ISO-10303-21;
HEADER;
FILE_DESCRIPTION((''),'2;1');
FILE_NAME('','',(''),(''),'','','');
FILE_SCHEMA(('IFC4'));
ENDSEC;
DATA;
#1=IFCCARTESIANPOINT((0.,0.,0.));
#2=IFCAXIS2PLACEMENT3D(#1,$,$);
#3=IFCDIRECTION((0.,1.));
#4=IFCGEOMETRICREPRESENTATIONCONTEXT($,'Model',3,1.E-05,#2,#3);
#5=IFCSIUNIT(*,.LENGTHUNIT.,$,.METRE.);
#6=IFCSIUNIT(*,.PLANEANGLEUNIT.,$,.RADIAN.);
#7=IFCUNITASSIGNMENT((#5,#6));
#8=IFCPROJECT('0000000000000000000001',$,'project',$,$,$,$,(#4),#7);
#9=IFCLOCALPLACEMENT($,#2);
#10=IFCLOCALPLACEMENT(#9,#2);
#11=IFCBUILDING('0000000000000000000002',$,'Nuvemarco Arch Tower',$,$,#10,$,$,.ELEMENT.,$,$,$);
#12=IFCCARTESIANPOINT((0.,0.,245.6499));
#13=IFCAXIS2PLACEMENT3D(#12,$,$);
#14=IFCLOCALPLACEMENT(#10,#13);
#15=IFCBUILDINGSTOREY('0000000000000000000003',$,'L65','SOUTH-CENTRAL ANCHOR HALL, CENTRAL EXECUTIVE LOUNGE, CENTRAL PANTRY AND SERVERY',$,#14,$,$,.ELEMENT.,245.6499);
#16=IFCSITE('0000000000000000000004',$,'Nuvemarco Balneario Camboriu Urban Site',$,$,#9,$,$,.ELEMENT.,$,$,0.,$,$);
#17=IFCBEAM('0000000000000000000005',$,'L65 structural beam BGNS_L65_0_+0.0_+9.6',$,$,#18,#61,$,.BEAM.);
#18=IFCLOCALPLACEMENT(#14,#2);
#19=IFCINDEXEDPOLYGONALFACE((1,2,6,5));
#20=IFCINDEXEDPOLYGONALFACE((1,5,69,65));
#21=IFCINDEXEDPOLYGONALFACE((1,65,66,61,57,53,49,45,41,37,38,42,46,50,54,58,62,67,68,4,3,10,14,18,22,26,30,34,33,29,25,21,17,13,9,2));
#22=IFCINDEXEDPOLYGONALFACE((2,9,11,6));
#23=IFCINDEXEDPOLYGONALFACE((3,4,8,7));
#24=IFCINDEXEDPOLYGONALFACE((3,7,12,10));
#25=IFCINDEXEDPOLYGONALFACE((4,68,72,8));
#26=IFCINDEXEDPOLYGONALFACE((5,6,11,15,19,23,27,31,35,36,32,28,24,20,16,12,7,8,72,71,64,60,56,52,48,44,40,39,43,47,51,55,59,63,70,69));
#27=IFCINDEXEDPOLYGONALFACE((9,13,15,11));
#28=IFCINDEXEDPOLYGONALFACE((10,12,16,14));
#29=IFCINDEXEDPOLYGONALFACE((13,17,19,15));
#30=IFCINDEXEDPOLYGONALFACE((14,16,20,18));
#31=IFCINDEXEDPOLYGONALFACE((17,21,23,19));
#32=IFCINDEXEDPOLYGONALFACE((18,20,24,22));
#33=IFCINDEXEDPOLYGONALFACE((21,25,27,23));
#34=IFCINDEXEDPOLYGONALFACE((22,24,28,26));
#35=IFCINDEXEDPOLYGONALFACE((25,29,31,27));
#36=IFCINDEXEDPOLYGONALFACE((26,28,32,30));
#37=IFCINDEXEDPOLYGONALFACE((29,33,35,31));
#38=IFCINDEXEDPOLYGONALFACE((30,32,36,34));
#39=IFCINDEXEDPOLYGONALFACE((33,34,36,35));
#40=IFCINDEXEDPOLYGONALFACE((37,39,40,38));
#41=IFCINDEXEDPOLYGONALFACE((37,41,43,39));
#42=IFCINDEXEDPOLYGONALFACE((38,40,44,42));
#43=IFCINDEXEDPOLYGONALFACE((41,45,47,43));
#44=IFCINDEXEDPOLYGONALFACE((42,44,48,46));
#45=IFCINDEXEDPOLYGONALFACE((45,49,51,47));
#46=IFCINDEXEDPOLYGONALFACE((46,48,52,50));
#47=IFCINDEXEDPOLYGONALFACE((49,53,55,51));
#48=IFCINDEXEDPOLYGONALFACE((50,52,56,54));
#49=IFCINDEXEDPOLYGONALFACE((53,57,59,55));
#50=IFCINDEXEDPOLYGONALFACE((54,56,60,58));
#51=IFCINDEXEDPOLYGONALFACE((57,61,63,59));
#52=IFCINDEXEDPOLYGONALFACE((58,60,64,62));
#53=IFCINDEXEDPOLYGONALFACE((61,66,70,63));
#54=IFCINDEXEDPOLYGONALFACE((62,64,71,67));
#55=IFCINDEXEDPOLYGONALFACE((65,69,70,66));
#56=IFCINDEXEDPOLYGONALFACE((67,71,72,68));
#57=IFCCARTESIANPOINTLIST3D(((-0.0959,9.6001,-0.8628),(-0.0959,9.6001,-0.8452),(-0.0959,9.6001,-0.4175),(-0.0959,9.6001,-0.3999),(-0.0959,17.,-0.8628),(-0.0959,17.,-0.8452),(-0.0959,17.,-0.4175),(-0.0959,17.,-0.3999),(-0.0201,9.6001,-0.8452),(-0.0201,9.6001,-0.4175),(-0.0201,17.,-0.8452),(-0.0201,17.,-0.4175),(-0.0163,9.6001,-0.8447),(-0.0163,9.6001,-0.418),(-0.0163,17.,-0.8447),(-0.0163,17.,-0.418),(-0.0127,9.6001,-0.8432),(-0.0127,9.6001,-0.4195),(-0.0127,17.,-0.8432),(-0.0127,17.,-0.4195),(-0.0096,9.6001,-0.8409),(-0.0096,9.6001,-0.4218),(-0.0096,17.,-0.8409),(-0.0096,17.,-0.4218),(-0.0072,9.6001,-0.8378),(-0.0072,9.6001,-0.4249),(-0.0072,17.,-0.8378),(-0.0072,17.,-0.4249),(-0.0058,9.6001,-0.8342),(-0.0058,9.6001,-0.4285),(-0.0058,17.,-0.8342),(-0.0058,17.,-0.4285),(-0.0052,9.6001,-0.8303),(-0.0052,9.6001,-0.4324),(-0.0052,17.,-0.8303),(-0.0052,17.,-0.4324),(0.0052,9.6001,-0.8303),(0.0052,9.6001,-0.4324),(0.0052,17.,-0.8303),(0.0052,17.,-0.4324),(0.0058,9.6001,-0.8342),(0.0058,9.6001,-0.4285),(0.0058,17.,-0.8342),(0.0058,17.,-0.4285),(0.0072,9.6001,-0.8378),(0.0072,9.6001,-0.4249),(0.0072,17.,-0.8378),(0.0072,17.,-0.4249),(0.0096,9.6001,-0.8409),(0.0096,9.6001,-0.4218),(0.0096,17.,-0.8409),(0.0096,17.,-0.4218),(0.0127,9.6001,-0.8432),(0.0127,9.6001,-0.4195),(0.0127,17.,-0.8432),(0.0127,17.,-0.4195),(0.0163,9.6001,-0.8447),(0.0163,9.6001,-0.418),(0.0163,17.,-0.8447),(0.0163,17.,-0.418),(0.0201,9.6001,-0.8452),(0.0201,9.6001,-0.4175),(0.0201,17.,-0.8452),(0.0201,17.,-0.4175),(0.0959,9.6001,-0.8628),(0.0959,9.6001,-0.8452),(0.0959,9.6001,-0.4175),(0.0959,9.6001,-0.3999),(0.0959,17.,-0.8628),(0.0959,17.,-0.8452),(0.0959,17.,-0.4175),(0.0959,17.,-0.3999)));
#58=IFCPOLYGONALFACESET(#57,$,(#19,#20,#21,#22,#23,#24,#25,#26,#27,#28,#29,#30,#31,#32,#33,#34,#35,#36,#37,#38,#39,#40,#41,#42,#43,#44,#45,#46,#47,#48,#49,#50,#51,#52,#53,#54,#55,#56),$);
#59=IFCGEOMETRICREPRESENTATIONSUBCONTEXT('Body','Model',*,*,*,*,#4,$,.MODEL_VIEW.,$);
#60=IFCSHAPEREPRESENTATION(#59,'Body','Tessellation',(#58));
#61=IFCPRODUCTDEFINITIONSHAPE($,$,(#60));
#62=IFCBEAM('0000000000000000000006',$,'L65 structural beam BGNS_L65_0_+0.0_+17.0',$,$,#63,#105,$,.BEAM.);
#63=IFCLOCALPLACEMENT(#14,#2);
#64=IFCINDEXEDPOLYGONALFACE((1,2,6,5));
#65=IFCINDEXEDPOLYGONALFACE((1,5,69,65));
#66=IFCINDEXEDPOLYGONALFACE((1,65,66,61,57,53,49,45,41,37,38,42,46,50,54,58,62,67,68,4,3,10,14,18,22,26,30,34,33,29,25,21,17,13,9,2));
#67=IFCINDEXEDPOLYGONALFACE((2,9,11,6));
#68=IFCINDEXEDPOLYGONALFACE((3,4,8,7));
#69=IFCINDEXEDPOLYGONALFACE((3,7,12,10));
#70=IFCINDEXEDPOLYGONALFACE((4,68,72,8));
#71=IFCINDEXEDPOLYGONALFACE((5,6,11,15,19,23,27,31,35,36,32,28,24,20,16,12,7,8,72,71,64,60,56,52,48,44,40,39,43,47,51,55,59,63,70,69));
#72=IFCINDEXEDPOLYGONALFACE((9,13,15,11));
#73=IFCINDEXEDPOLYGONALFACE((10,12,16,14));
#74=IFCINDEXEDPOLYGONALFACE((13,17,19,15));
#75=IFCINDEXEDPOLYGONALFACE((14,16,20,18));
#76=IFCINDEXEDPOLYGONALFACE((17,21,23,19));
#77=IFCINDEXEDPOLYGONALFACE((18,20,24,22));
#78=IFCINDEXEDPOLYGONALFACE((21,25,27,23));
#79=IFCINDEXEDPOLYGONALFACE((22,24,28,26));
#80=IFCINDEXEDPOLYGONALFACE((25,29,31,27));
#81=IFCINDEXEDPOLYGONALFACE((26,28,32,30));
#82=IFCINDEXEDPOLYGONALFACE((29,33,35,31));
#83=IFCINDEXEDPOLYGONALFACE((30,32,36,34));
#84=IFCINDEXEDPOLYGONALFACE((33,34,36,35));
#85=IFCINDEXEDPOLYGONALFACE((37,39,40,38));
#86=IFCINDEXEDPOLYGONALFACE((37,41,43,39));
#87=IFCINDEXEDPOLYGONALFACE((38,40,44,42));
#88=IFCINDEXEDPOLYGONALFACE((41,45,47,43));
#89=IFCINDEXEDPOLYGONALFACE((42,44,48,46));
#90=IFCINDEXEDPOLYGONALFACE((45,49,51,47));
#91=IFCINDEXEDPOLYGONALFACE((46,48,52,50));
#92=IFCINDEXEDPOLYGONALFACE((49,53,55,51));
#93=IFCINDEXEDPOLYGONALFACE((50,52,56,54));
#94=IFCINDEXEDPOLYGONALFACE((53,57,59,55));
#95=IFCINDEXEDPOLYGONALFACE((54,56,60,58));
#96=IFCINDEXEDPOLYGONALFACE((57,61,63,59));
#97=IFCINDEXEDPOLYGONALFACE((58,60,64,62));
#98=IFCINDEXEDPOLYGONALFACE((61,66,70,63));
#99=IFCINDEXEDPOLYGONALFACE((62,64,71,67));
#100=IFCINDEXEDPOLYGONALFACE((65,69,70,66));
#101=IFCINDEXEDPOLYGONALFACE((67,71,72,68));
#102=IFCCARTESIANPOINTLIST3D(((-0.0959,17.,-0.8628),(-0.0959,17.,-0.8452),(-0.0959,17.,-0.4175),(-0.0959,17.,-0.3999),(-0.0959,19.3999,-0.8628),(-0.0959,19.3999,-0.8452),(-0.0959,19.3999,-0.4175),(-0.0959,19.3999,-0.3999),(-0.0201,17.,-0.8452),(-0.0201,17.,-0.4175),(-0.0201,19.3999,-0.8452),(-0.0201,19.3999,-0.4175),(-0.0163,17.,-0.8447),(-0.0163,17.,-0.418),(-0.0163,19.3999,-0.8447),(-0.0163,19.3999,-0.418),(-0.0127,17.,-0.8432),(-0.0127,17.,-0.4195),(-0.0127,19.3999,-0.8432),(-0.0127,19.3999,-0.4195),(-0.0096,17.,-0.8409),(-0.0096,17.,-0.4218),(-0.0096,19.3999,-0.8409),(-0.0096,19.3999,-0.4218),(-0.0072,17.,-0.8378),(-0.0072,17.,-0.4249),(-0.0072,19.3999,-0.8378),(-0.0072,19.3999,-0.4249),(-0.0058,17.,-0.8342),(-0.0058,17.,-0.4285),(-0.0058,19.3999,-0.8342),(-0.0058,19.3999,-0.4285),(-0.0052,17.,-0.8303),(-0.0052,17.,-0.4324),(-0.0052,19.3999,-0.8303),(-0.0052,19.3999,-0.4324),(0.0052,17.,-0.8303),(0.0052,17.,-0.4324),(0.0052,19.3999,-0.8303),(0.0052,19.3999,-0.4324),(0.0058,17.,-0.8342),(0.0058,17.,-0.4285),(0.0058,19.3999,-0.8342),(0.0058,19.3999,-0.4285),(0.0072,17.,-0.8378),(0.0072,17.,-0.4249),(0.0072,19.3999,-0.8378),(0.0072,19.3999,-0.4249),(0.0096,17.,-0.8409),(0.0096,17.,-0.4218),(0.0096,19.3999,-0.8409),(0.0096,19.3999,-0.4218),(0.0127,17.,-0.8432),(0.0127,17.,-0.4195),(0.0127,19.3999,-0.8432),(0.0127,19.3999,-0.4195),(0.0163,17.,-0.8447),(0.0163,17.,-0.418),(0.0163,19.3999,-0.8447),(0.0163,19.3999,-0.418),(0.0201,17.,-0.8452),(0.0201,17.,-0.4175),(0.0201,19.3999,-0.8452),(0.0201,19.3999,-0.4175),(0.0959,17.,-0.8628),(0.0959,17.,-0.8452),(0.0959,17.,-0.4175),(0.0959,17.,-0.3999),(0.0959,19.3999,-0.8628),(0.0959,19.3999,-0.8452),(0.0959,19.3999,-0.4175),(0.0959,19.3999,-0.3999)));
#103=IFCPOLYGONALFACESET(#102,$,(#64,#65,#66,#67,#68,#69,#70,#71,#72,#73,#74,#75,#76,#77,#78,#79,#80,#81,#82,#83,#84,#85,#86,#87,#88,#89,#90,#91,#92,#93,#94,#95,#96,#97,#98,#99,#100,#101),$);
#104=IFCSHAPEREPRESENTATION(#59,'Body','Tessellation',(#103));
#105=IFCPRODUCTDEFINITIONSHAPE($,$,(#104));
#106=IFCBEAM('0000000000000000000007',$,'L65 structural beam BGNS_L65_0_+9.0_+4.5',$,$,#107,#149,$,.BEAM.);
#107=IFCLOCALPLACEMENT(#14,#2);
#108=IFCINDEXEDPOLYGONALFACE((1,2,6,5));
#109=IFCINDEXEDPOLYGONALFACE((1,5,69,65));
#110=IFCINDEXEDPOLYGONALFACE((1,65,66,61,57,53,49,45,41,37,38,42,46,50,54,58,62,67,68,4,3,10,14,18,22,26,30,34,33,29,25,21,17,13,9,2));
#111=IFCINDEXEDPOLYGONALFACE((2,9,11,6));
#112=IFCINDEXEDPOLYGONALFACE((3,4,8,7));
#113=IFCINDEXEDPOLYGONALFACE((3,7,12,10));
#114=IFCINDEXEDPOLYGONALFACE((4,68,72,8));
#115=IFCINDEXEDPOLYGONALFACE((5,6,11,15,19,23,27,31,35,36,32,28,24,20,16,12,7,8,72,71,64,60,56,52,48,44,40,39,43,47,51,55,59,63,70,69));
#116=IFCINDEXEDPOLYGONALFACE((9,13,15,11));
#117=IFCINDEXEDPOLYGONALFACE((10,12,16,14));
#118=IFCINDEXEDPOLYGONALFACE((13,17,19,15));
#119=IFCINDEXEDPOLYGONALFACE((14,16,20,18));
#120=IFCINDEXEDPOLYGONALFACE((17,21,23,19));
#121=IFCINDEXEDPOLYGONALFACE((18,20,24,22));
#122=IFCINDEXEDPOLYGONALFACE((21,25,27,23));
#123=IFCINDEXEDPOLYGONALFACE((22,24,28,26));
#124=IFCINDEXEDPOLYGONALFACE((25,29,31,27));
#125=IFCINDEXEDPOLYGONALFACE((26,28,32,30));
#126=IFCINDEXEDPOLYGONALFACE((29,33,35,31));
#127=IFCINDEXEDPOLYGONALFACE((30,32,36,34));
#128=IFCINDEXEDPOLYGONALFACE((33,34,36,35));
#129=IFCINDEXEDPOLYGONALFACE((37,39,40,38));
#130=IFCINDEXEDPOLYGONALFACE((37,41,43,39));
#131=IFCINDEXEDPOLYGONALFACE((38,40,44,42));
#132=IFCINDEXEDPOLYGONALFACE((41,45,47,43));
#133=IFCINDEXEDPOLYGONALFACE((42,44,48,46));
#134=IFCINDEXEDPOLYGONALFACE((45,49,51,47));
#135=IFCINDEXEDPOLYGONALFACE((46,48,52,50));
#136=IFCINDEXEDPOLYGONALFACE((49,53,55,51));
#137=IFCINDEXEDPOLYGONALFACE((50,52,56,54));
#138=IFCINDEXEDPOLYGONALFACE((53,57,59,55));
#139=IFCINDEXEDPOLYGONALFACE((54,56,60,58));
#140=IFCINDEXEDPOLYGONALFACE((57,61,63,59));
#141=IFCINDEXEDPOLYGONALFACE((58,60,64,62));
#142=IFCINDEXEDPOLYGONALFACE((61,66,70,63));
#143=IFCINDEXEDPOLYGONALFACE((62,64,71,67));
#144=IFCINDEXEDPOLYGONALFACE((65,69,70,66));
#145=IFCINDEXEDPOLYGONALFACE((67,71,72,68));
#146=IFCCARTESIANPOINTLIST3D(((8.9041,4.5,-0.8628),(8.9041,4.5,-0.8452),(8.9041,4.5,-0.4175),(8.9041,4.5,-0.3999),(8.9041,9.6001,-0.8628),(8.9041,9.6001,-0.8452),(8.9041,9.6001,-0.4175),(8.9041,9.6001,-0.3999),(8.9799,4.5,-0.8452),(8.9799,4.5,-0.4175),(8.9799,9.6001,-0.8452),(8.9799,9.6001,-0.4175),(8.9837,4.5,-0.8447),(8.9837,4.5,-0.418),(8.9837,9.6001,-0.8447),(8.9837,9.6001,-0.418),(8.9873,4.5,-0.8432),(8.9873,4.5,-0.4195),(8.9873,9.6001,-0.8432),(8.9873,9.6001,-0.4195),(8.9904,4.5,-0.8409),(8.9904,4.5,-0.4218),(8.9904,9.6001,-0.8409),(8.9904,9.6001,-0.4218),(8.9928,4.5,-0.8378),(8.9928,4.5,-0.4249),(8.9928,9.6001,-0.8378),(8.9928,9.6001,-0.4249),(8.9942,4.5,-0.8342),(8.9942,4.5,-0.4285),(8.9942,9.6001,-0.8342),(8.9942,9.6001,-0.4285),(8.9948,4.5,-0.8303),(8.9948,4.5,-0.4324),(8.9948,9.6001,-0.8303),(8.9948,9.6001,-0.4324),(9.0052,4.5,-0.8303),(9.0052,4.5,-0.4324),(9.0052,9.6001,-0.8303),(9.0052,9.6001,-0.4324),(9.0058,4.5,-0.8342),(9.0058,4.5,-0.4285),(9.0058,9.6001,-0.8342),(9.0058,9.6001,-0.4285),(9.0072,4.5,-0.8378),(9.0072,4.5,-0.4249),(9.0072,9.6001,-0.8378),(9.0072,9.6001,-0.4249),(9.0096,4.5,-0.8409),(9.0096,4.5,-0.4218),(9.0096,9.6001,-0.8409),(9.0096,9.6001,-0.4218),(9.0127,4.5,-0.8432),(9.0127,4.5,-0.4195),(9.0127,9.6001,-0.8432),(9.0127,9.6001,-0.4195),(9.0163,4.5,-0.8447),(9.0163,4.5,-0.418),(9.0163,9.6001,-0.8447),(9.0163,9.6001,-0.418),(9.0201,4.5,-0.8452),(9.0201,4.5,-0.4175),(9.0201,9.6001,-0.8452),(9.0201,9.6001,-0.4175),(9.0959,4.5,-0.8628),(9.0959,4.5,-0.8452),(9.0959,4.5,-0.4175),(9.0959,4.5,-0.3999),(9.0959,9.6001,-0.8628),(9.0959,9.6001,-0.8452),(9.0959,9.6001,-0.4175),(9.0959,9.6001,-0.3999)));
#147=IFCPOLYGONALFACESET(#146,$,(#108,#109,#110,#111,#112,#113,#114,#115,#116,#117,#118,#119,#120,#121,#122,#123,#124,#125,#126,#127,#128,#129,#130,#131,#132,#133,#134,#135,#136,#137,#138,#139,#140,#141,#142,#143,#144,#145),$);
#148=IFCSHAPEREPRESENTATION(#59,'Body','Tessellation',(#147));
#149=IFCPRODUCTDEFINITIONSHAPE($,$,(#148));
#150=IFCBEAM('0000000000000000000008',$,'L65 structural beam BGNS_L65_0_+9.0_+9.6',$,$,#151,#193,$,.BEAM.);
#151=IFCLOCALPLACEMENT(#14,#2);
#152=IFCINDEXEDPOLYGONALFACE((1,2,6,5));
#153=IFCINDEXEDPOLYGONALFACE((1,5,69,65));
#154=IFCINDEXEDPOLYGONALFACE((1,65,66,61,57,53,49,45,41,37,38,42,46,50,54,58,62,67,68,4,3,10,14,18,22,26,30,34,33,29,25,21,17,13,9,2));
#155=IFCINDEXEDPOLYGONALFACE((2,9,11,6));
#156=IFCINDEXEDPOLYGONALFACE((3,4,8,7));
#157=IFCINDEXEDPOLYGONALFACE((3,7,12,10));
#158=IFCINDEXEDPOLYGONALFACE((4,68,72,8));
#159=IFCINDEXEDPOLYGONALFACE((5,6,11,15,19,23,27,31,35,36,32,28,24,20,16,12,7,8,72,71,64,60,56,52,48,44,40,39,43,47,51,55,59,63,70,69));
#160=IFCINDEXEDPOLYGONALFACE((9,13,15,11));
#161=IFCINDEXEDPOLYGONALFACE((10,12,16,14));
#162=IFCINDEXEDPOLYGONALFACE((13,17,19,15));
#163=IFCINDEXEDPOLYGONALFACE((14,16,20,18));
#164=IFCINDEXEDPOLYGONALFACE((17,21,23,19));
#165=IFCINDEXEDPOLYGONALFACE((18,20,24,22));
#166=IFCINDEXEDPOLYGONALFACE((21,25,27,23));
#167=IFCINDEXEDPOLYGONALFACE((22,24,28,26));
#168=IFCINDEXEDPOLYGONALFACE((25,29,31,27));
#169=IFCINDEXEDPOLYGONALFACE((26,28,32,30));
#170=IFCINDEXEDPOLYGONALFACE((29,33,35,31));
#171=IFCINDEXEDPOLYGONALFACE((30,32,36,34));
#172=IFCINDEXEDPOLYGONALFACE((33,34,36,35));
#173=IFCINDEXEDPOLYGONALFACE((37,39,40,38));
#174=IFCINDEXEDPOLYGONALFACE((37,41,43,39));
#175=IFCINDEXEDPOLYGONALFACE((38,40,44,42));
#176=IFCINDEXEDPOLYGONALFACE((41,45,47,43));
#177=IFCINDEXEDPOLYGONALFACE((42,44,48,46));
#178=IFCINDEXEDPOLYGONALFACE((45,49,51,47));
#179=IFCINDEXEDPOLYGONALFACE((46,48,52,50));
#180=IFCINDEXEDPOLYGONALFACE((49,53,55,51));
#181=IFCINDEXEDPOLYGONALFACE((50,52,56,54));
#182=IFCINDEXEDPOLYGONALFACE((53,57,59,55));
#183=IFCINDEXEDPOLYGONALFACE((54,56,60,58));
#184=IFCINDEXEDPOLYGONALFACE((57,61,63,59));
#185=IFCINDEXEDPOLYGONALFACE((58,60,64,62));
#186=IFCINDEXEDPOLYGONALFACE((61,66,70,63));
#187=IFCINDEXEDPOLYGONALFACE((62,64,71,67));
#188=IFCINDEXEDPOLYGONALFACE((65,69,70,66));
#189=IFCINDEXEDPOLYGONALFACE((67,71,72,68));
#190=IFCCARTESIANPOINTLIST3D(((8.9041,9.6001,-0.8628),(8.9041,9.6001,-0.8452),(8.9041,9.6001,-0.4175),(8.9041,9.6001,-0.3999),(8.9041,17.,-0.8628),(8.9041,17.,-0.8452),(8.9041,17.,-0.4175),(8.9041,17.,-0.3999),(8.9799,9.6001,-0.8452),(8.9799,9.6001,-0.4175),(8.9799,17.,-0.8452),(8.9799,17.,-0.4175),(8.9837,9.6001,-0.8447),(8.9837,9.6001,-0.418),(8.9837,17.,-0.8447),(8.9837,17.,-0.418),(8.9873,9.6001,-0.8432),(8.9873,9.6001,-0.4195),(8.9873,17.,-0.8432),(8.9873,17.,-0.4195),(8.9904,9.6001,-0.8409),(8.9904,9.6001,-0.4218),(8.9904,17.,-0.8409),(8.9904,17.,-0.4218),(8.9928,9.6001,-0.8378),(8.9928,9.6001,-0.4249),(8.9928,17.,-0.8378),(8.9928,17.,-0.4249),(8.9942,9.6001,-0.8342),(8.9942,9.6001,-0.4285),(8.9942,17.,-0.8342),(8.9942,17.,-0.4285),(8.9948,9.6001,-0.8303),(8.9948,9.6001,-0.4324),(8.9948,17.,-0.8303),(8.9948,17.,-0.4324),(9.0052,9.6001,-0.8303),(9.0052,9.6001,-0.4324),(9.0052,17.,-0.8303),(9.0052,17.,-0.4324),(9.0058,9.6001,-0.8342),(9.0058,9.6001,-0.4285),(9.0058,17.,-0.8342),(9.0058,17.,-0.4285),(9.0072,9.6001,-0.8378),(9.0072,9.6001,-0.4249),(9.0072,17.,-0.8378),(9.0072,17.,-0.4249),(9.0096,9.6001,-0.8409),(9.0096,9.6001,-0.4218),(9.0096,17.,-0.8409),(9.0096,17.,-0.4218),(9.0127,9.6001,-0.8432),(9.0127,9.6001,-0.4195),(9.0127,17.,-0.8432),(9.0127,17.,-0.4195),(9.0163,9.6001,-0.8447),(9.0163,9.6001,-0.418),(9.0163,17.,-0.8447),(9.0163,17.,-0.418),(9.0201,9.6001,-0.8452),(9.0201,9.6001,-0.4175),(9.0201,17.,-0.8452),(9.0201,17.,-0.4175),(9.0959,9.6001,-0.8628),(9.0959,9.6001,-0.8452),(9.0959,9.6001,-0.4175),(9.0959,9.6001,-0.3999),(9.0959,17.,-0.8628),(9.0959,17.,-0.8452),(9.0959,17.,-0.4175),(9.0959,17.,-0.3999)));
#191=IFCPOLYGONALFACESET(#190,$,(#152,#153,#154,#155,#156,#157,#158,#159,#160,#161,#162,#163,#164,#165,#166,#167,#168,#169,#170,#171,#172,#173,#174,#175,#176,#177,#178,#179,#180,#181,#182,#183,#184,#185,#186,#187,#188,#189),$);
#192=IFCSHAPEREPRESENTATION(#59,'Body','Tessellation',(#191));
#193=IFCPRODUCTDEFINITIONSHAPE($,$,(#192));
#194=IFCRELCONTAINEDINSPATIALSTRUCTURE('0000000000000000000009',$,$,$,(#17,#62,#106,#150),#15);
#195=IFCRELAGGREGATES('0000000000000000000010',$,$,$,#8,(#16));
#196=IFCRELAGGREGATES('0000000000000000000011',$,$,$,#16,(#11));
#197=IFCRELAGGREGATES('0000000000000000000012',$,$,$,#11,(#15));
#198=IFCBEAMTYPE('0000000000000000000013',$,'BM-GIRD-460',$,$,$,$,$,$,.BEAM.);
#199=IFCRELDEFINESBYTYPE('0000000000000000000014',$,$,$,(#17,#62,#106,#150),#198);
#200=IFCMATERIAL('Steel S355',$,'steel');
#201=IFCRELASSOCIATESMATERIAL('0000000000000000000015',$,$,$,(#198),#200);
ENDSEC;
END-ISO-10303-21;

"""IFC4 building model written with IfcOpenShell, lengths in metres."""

from ifc_helpers import new_model, si_unit, direction, frame, origin, origin_2d, place, context, subcontext, project, spatial, i_section, extrude, material, material_profile, profile_set, type_object, element, save


model = new_model("IFC4")

# Units and contexts
model_context = context("Model", 3, precision=1e-05, world=origin(), true_north=direction((0.0, 1.0)))
body_context = subcontext(model_context, "Body", "Model", "MODEL_VIEW")
ifc_project = project(units=[si_unit("LENGTHUNIT", "METRE"), si_unit("PLANEANGLEUNIT", "RADIAN")], contexts=[model_context])

# Site, building, storey
site_placement = place(None, origin())
site = spatial("IfcSite", under=ifc_project, at=site_placement, Name="Nuvemarco Balneario Camboriu Urban Site", CompositionType="ELEMENT", RefElevation=0.0)
building_placement = place(site_placement, origin())
building = spatial("IfcBuilding", under=site, at=building_placement, Name="Nuvemarco Arch Tower", CompositionType="ELEMENT")
storey_placement = place(building_placement, frame((0.0, 0.0, 245.6499)))
storey = spatial("IfcBuildingStorey", under=building, at=storey_placement, Name="L65", Description="SOUTH-CENTRAL ANCHOR HALL, CENTRAL EXECUTIVE LOUNGE, CENTRAL PANTRY AND SERVERY", CompositionType="ELEMENT", Elevation=245.6499)

# Shared definitions
ifc_material_1 = material(Name="Steel S355", Category="steel")

# Beams
ifc_material_profile_1 = material_profile(ifc_material_1, i_section(OverallWidth=0.1919, OverallDepth=0.4629, WebThickness=0.0105, FlangeThickness=0.0176, FilletRadius=0.0149, at=origin_2d()), Name="W460x89")
ifc_profile_set_1 = profile_set([ifc_material_profile_1], Name="Steel S355")
beam_type_1 = type_object("IfcBeamType", Name="BM-GIRD-460", PredefinedType="BEAM", material=ifc_profile_set_1)
beam_1_placement = place(storey_placement, frame((0.0, 9.6001, -0.6313), z_axis=(0.0, 1.0, 0.0), x_axis=(-1.0, 0.0, 0.0)))
element("IfcBeam", 1, at=beam_1_placement, inside=storey, type_object=beam_type_1, Name="L65 structural beam BGNS_L65_0_+0.0_+9.6", PredefinedType="BEAM", context=body_context, shape_type="SweptSolid", body=[
    extrude(i_section(OverallWidth=0.1919, OverallDepth=0.4629, WebThickness=0.0105, FlangeThickness=0.0176, FilletRadius=0.0149, at=origin_2d()), origin(), (0.0, 0.0, 1.0), 7.3999),
])
beam_2_placement = place(storey_placement, frame((0.0, 17.0, -0.6313), z_axis=(0.0, 1.0, 0.0), x_axis=(-1.0, 0.0, 0.0)))
element("IfcBeam", 2, at=beam_2_placement, inside=storey, type_object=beam_type_1, Name="L65 structural beam BGNS_L65_0_+0.0_+17.0", PredefinedType="BEAM", context=body_context, shape_type="SweptSolid", body=[
    extrude(i_section(OverallWidth=0.1919, OverallDepth=0.4629, WebThickness=0.0105, FlangeThickness=0.0176, FilletRadius=0.0149, at=origin_2d()), origin(), (0.0, 0.0, 1.0), 2.3999),
])
beam_3_placement = place(storey_placement, frame((9.0, 4.5, -0.6313), z_axis=(0.0, 1.0, 0.0), x_axis=(-1.0, 0.0, 0.0)))
element("IfcBeam", 3, at=beam_3_placement, inside=storey, type_object=beam_type_1, Name="L65 structural beam BGNS_L65_0_+9.0_+4.5", PredefinedType="BEAM", context=body_context, shape_type="SweptSolid", body=[
    extrude(i_section(OverallWidth=0.1919, OverallDepth=0.4629, WebThickness=0.0105, FlangeThickness=0.0176, FilletRadius=0.0149, at=origin_2d()), origin(), (0.0, 0.0, 1.0), 5.1001),
])
beam_4_placement = place(storey_placement, frame((9.0, 9.6001, -0.6313), z_axis=(0.0, 1.0, 0.0), x_axis=(-1.0, 0.0, 0.0)))
element("IfcBeam", 4, at=beam_4_placement, inside=storey, type_object=beam_type_1, Name="L65 structural beam BGNS_L65_0_+9.0_+9.6", PredefinedType="BEAM", context=body_context, shape_type="SweptSolid", body=[
    extrude(i_section(OverallWidth=0.1919, OverallDepth=0.4629, WebThickness=0.0105, FlangeThickness=0.0176, FilletRadius=0.0149, at=origin_2d()), origin(), (0.0, 0.0, 1.0), 7.3999),
])

save(model, "model.ifc")
